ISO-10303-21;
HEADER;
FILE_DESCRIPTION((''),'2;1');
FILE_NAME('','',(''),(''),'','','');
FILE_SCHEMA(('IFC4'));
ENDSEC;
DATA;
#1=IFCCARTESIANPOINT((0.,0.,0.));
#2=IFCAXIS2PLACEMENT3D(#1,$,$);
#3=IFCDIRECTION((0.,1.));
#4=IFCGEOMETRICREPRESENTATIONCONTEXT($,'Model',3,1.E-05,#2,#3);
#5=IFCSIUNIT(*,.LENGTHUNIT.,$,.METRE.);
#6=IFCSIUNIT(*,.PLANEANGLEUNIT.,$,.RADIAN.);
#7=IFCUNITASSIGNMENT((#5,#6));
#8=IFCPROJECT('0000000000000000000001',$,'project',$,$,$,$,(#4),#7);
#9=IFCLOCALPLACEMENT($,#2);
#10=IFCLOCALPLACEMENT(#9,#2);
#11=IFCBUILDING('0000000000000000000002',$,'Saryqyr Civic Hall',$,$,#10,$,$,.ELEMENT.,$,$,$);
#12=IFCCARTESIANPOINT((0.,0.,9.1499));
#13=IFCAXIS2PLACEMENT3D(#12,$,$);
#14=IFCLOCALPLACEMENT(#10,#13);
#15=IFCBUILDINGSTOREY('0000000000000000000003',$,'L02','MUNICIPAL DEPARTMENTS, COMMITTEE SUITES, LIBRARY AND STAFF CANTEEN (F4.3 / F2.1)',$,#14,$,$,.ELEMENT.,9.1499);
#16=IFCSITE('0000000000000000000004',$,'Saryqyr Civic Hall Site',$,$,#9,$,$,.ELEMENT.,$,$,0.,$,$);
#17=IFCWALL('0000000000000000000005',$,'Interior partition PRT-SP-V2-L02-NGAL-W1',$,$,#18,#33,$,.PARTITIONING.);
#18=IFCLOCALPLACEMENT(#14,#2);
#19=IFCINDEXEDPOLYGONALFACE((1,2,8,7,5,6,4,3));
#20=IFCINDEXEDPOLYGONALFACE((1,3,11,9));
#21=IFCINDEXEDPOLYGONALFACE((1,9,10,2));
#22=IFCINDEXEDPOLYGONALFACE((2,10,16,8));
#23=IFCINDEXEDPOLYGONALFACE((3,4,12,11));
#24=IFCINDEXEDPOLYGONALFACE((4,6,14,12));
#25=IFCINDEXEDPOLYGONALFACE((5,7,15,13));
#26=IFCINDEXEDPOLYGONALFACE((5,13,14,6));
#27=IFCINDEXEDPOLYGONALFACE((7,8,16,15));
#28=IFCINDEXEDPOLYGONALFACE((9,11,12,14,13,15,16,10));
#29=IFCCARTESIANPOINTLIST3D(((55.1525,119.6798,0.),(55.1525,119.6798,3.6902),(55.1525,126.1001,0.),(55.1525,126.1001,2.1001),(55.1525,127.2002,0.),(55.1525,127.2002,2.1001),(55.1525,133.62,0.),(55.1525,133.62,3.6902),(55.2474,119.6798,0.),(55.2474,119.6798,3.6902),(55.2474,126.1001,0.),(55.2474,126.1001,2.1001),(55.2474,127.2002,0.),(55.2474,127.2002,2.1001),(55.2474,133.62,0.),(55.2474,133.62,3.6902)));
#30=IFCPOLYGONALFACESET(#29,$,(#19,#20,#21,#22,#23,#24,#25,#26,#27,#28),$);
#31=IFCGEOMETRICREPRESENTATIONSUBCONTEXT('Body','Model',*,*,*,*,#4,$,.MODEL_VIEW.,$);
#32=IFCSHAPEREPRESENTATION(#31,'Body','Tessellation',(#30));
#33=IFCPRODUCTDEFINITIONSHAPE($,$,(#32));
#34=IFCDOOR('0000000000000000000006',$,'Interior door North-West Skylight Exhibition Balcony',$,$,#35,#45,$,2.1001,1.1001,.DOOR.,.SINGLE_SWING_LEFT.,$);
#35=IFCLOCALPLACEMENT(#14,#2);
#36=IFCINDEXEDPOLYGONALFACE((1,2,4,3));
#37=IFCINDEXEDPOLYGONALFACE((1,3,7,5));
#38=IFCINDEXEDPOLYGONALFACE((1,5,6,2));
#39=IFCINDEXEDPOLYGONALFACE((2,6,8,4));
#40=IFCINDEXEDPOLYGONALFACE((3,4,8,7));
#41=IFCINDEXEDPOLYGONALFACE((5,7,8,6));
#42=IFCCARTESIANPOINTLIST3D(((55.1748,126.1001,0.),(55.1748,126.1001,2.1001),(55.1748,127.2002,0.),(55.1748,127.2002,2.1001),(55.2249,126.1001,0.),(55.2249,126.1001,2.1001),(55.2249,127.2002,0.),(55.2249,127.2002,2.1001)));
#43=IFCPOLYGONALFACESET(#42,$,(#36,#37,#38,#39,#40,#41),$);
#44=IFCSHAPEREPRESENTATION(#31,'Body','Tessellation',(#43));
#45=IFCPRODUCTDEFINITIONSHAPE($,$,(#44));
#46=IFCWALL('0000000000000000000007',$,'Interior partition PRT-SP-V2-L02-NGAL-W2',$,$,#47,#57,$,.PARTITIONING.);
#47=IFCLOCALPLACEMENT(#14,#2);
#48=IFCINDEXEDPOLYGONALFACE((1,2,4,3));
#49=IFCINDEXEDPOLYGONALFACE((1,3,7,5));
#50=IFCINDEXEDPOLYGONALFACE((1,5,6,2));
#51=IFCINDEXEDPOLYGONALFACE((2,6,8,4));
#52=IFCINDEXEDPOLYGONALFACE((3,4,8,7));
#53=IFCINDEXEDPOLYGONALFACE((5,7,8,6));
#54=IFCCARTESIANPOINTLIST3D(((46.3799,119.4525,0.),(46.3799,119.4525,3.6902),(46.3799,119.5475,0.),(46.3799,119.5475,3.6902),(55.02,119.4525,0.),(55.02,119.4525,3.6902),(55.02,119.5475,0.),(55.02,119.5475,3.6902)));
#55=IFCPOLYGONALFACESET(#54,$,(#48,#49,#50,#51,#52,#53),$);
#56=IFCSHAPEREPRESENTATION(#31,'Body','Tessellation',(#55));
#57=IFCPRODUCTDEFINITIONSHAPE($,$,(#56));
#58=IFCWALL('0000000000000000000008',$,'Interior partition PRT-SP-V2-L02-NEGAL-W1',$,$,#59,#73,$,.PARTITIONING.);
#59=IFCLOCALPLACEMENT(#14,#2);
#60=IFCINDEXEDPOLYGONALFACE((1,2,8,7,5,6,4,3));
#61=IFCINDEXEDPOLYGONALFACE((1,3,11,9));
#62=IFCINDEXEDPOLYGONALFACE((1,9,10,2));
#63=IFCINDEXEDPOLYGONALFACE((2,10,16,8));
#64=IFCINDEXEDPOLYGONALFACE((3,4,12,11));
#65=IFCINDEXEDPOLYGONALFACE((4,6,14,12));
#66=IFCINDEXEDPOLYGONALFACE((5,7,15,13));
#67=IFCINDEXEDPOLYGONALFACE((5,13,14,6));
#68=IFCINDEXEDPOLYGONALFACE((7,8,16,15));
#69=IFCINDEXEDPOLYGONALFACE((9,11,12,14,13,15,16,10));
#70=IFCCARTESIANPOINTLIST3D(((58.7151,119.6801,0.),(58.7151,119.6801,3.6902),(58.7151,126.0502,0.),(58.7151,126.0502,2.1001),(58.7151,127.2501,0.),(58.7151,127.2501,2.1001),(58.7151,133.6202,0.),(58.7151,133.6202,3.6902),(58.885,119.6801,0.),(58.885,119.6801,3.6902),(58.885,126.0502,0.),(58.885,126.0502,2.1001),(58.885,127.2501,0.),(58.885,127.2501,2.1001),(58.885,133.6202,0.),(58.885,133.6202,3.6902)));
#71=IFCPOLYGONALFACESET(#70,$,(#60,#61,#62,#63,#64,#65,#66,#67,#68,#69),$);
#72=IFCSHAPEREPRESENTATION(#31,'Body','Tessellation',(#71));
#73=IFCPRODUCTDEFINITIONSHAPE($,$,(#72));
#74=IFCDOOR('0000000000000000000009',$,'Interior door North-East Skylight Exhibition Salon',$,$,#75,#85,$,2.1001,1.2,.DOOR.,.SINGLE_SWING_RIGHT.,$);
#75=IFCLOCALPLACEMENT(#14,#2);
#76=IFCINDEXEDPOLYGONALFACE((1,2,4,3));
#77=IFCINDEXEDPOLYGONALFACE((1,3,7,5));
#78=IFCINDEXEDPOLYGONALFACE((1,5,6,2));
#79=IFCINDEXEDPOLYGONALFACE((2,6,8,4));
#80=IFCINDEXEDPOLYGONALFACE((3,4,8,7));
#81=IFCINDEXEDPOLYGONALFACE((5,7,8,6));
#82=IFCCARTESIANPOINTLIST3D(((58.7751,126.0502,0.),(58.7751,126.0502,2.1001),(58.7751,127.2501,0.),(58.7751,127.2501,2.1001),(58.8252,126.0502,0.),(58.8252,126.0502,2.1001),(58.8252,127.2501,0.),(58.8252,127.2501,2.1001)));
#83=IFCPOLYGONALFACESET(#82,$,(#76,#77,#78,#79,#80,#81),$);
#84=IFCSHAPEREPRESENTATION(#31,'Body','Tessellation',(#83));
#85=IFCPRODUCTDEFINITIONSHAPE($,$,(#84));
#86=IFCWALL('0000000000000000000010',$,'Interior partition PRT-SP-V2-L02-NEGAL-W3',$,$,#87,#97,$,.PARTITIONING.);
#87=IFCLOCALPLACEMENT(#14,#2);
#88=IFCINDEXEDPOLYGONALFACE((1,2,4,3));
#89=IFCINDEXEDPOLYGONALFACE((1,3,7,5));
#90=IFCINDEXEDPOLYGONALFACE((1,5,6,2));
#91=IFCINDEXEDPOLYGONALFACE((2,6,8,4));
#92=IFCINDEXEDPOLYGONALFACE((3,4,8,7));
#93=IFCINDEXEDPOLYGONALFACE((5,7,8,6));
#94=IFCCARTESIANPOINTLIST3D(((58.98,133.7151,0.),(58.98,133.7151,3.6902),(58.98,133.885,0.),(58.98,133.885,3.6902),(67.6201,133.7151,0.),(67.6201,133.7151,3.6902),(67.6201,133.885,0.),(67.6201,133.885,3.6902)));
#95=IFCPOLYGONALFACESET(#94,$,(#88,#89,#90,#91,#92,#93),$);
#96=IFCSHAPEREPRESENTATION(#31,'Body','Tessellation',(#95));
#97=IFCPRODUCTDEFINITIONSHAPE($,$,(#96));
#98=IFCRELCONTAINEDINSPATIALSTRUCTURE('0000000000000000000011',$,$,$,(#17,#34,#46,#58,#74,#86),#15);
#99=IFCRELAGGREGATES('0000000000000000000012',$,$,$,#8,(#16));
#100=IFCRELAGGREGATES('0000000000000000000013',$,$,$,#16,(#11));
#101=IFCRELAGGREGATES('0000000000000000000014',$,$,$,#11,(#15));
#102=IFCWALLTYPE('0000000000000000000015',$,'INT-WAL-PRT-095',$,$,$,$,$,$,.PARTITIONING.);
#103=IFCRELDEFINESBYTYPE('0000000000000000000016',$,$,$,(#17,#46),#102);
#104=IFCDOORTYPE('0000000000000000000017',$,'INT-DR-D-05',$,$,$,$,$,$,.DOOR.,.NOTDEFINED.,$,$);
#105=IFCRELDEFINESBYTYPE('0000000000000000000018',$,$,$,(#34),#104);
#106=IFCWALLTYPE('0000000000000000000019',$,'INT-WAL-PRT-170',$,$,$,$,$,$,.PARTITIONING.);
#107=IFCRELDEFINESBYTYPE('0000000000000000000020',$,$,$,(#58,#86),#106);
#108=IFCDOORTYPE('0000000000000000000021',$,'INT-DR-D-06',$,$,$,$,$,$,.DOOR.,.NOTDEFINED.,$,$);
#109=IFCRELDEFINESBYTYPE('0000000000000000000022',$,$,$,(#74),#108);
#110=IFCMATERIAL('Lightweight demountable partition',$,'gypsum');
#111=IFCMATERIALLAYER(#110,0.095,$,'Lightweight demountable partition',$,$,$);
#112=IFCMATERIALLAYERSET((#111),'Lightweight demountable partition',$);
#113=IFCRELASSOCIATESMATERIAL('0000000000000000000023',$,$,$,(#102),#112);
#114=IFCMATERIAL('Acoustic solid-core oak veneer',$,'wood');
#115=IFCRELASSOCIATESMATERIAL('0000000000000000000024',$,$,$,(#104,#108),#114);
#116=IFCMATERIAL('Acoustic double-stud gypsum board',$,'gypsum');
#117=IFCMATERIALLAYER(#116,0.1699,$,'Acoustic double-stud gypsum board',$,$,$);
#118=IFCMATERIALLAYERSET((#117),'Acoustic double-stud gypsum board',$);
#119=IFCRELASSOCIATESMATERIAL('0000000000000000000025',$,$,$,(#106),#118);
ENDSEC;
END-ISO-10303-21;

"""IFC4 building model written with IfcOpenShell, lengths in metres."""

from ifc_helpers import new_model, si_unit, direction, frame, frame_2d, origin, place, context, subcontext, project, spatial, rectangle, extrude, material, layer, layer_set, type_object, element, fill, save


model = new_model("IFC4")

# Units and contexts
model_context = context("Model", 3, precision=1e-05, world=origin(), true_north=direction((0.0, 1.0)))
body_context = subcontext(model_context, "Body", "Model", "MODEL_VIEW")
ifc_project = project(units=[si_unit("LENGTHUNIT", "METRE"), si_unit("PLANEANGLEUNIT", "RADIAN")], contexts=[model_context])

# Site, building, storey
site_placement = place(None, origin())
site = spatial("IfcSite", under=ifc_project, at=site_placement, Name="Saryqyr Civic Hall Site", CompositionType="ELEMENT", RefElevation=0.0)
building_placement = place(site_placement, origin())
building = spatial("IfcBuilding", under=site, at=building_placement, Name="Saryqyr Civic Hall", CompositionType="ELEMENT")
storey_placement = place(building_placement, frame((0.0, 0.0, 9.1499)))
storey = spatial("IfcBuildingStorey", under=building, at=storey_placement, Name="L02", Description="MUNICIPAL DEPARTMENTS, COMMITTEE SUITES, LIBRARY AND STAFF CANTEEN (F4.3 / F2.1)", CompositionType="ELEMENT", Elevation=9.1499)

# Wall, opening, door
ifc_material_1 = material(Name="Lightweight demountable partition", Category="gypsum")
ifc_layer_1 = layer(ifc_material_1, 0.095, Name="Lightweight demountable partition")
ifc_layer_set_1 = layer_set([ifc_layer_1], Name="Lightweight demountable partition")
wall_type_1 = type_object("IfcWallType", Name="INT-WAL-PRT-095", PredefinedType="PARTITIONING", material=ifc_layer_set_1)
wall_1_placement = place(storey_placement, frame((55.2, 133.6201, 0.0), z_axis=(0.0, 0.0, 1.0), x_axis=(0.0, -1.0, 0.0)))
wall_1 = element("IfcWall", 1, at=wall_1_placement, inside=storey, type_object=wall_type_1, Name="Interior partition PRT-SP-V2-L02-NGAL-W1", PredefinedType="PARTITIONING", context=body_context, shape_type="SweptSolid", body=[
    extrude(rectangle(XDim=13.9402, YDim=0.095, at=frame_2d((6.9702, 0.0))), origin(), (0.0, 0.0, 1.0), 3.6902),
])
opening_1_placement = place(wall_1_placement, frame((6.4199, 0.0, 0.0)))
opening_1 = element("IfcOpeningElement", 2, at=opening_1_placement, cuts=wall_1, PredefinedType="OPENING", context=body_context, shape_type="SweptSolid", body=[
    extrude(rectangle(XDim=1.1001, YDim=2.1001, at=frame_2d((0.55, 1.05))), frame((0.0, 0.0574, 0.0), z_axis=(0.0, -1.0, 0.0), x_axis=(1.0, 0.0, 0.0)), (0.0, 0.0, 1.0), 0.115),
])
ifc_material_2 = material(Name="Acoustic solid-core oak veneer", Category="wood")
door_type_1 = type_object("IfcDoorType", Name="INT-DR-D-05", OperationType="NOTDEFINED", PredefinedType="DOOR", material=ifc_material_2)
door_1_placement = place(opening_1_placement, origin())
door_1 = element("IfcDoor", 3, at=door_1_placement, inside=storey, type_object=door_type_1, Name="Interior door North-West Skylight Exhibition Balcony", OperationType="SINGLE_SWING_LEFT", OverallHeight=2.1001, OverallWidth=1.1001, PredefinedType="DOOR", context=body_context, shape_type="SweptSolid", body=[
    extrude(rectangle(XDim=1.1001, YDim=2.1001, at=frame_2d((0.55, 1.05))), frame((0.0, 0.0249, 0.0), z_axis=(0.0, -1.0, 0.0), x_axis=(1.0, 0.0, 0.0)), (0.0, 0.0, 1.0), 0.05),
])
fill(opening_1, door_1)

# Wall
wall_2_placement = place(storey_placement, frame((55.02, 119.5, 0.0), z_axis=(0.0, 0.0, 1.0), x_axis=(-1.0, 0.0, 0.0)))
element("IfcWall", 4, at=wall_2_placement, inside=storey, type_object=wall_type_1, Name="Interior partition PRT-SP-V2-L02-NGAL-W2", PredefinedType="PARTITIONING", context=body_context, shape_type="SweptSolid", body=[
    extrude(rectangle(XDim=8.6401, YDim=0.095, at=frame_2d((4.3201, 0.0))), origin(), (0.0, 0.0, 1.0), 3.6902),
])

# Wall, opening, door
ifc_material_3 = material(Name="Acoustic double-stud gypsum board", Category="gypsum")
ifc_layer_2 = layer(ifc_material_3, 0.1699, Name="Acoustic double-stud gypsum board")
ifc_layer_set_2 = layer_set([ifc_layer_2], Name="Acoustic double-stud gypsum board")
wall_type_2 = type_object("IfcWallType", Name="INT-WAL-PRT-170", PredefinedType="PARTITIONING", material=ifc_layer_set_2)
wall_3_placement = place(storey_placement, frame((58.8, 119.6799, 0.0), z_axis=(0.0, 0.0, 1.0), x_axis=(0.0, 1.0, 0.0)))
wall_3 = element("IfcWall", 5, at=wall_3_placement, inside=storey, type_object=wall_type_2, Name="Interior partition PRT-SP-V2-L02-NEGAL-W1", PredefinedType="PARTITIONING", context=body_context, shape_type="SweptSolid", body=[
    extrude(rectangle(XDim=13.9402, YDim=0.1699, at=frame_2d((6.9702, 0.0))), origin(), (0.0, 0.0, 1.0), 3.6902),
])
opening_2_placement = place(wall_3_placement, frame((6.3701, 0.0, 0.0)))
opening_2 = element("IfcOpeningElement", 6, at=opening_2_placement, cuts=wall_3, PredefinedType="OPENING", context=body_context, shape_type="SweptSolid", body=[
    extrude(rectangle(XDim=1.2, YDim=2.1001, at=frame_2d((0.6001, 1.05))), frame((0.0, 0.095, 0.0), z_axis=(0.0, -1.0, 0.0), x_axis=(1.0, 0.0, 0.0)), (0.0, 0.0, 1.0), 0.1899),
])
door_type_2 = type_object("IfcDoorType", Name="INT-DR-D-06", OperationType="NOTDEFINED", PredefinedType="DOOR", material=ifc_material_2)
door_2_placement = place(opening_2_placement, origin())
door_2 = element("IfcDoor", 7, at=door_2_placement, inside=storey, type_object=door_type_2, Name="Interior door North-East Skylight Exhibition Salon", OperationType="SINGLE_SWING_RIGHT", OverallHeight=2.1001, OverallWidth=1.2, PredefinedType="DOOR", context=body_context, shape_type="SweptSolid", body=[
    extrude(rectangle(XDim=1.2, YDim=2.1001, at=frame_2d((0.6001, 1.05))), frame((0.0, 0.0249, 0.0), z_axis=(0.0, -1.0, 0.0), x_axis=(1.0, 0.0, 0.0)), (0.0, 0.0, 1.0), 0.05),
])
fill(opening_2, door_2)

# Wall
wall_4_placement = place(storey_placement, frame((58.98, 133.8, 0.0), z_axis=(0.0, 0.0, 1.0), x_axis=(1.0, 0.0, 0.0)))
element("IfcWall", 8, at=wall_4_placement, inside=storey, type_object=wall_type_2, Name="Interior partition PRT-SP-V2-L02-NEGAL-W3", PredefinedType="PARTITIONING", context=body_context, shape_type="SweptSolid", body=[
    extrude(rectangle(XDim=8.6401, YDim=0.1699, at=frame_2d((4.3201, 0.0))), origin(), (0.0, 0.0, 1.0), 3.6902),
])

save(model, "model.ifc")
